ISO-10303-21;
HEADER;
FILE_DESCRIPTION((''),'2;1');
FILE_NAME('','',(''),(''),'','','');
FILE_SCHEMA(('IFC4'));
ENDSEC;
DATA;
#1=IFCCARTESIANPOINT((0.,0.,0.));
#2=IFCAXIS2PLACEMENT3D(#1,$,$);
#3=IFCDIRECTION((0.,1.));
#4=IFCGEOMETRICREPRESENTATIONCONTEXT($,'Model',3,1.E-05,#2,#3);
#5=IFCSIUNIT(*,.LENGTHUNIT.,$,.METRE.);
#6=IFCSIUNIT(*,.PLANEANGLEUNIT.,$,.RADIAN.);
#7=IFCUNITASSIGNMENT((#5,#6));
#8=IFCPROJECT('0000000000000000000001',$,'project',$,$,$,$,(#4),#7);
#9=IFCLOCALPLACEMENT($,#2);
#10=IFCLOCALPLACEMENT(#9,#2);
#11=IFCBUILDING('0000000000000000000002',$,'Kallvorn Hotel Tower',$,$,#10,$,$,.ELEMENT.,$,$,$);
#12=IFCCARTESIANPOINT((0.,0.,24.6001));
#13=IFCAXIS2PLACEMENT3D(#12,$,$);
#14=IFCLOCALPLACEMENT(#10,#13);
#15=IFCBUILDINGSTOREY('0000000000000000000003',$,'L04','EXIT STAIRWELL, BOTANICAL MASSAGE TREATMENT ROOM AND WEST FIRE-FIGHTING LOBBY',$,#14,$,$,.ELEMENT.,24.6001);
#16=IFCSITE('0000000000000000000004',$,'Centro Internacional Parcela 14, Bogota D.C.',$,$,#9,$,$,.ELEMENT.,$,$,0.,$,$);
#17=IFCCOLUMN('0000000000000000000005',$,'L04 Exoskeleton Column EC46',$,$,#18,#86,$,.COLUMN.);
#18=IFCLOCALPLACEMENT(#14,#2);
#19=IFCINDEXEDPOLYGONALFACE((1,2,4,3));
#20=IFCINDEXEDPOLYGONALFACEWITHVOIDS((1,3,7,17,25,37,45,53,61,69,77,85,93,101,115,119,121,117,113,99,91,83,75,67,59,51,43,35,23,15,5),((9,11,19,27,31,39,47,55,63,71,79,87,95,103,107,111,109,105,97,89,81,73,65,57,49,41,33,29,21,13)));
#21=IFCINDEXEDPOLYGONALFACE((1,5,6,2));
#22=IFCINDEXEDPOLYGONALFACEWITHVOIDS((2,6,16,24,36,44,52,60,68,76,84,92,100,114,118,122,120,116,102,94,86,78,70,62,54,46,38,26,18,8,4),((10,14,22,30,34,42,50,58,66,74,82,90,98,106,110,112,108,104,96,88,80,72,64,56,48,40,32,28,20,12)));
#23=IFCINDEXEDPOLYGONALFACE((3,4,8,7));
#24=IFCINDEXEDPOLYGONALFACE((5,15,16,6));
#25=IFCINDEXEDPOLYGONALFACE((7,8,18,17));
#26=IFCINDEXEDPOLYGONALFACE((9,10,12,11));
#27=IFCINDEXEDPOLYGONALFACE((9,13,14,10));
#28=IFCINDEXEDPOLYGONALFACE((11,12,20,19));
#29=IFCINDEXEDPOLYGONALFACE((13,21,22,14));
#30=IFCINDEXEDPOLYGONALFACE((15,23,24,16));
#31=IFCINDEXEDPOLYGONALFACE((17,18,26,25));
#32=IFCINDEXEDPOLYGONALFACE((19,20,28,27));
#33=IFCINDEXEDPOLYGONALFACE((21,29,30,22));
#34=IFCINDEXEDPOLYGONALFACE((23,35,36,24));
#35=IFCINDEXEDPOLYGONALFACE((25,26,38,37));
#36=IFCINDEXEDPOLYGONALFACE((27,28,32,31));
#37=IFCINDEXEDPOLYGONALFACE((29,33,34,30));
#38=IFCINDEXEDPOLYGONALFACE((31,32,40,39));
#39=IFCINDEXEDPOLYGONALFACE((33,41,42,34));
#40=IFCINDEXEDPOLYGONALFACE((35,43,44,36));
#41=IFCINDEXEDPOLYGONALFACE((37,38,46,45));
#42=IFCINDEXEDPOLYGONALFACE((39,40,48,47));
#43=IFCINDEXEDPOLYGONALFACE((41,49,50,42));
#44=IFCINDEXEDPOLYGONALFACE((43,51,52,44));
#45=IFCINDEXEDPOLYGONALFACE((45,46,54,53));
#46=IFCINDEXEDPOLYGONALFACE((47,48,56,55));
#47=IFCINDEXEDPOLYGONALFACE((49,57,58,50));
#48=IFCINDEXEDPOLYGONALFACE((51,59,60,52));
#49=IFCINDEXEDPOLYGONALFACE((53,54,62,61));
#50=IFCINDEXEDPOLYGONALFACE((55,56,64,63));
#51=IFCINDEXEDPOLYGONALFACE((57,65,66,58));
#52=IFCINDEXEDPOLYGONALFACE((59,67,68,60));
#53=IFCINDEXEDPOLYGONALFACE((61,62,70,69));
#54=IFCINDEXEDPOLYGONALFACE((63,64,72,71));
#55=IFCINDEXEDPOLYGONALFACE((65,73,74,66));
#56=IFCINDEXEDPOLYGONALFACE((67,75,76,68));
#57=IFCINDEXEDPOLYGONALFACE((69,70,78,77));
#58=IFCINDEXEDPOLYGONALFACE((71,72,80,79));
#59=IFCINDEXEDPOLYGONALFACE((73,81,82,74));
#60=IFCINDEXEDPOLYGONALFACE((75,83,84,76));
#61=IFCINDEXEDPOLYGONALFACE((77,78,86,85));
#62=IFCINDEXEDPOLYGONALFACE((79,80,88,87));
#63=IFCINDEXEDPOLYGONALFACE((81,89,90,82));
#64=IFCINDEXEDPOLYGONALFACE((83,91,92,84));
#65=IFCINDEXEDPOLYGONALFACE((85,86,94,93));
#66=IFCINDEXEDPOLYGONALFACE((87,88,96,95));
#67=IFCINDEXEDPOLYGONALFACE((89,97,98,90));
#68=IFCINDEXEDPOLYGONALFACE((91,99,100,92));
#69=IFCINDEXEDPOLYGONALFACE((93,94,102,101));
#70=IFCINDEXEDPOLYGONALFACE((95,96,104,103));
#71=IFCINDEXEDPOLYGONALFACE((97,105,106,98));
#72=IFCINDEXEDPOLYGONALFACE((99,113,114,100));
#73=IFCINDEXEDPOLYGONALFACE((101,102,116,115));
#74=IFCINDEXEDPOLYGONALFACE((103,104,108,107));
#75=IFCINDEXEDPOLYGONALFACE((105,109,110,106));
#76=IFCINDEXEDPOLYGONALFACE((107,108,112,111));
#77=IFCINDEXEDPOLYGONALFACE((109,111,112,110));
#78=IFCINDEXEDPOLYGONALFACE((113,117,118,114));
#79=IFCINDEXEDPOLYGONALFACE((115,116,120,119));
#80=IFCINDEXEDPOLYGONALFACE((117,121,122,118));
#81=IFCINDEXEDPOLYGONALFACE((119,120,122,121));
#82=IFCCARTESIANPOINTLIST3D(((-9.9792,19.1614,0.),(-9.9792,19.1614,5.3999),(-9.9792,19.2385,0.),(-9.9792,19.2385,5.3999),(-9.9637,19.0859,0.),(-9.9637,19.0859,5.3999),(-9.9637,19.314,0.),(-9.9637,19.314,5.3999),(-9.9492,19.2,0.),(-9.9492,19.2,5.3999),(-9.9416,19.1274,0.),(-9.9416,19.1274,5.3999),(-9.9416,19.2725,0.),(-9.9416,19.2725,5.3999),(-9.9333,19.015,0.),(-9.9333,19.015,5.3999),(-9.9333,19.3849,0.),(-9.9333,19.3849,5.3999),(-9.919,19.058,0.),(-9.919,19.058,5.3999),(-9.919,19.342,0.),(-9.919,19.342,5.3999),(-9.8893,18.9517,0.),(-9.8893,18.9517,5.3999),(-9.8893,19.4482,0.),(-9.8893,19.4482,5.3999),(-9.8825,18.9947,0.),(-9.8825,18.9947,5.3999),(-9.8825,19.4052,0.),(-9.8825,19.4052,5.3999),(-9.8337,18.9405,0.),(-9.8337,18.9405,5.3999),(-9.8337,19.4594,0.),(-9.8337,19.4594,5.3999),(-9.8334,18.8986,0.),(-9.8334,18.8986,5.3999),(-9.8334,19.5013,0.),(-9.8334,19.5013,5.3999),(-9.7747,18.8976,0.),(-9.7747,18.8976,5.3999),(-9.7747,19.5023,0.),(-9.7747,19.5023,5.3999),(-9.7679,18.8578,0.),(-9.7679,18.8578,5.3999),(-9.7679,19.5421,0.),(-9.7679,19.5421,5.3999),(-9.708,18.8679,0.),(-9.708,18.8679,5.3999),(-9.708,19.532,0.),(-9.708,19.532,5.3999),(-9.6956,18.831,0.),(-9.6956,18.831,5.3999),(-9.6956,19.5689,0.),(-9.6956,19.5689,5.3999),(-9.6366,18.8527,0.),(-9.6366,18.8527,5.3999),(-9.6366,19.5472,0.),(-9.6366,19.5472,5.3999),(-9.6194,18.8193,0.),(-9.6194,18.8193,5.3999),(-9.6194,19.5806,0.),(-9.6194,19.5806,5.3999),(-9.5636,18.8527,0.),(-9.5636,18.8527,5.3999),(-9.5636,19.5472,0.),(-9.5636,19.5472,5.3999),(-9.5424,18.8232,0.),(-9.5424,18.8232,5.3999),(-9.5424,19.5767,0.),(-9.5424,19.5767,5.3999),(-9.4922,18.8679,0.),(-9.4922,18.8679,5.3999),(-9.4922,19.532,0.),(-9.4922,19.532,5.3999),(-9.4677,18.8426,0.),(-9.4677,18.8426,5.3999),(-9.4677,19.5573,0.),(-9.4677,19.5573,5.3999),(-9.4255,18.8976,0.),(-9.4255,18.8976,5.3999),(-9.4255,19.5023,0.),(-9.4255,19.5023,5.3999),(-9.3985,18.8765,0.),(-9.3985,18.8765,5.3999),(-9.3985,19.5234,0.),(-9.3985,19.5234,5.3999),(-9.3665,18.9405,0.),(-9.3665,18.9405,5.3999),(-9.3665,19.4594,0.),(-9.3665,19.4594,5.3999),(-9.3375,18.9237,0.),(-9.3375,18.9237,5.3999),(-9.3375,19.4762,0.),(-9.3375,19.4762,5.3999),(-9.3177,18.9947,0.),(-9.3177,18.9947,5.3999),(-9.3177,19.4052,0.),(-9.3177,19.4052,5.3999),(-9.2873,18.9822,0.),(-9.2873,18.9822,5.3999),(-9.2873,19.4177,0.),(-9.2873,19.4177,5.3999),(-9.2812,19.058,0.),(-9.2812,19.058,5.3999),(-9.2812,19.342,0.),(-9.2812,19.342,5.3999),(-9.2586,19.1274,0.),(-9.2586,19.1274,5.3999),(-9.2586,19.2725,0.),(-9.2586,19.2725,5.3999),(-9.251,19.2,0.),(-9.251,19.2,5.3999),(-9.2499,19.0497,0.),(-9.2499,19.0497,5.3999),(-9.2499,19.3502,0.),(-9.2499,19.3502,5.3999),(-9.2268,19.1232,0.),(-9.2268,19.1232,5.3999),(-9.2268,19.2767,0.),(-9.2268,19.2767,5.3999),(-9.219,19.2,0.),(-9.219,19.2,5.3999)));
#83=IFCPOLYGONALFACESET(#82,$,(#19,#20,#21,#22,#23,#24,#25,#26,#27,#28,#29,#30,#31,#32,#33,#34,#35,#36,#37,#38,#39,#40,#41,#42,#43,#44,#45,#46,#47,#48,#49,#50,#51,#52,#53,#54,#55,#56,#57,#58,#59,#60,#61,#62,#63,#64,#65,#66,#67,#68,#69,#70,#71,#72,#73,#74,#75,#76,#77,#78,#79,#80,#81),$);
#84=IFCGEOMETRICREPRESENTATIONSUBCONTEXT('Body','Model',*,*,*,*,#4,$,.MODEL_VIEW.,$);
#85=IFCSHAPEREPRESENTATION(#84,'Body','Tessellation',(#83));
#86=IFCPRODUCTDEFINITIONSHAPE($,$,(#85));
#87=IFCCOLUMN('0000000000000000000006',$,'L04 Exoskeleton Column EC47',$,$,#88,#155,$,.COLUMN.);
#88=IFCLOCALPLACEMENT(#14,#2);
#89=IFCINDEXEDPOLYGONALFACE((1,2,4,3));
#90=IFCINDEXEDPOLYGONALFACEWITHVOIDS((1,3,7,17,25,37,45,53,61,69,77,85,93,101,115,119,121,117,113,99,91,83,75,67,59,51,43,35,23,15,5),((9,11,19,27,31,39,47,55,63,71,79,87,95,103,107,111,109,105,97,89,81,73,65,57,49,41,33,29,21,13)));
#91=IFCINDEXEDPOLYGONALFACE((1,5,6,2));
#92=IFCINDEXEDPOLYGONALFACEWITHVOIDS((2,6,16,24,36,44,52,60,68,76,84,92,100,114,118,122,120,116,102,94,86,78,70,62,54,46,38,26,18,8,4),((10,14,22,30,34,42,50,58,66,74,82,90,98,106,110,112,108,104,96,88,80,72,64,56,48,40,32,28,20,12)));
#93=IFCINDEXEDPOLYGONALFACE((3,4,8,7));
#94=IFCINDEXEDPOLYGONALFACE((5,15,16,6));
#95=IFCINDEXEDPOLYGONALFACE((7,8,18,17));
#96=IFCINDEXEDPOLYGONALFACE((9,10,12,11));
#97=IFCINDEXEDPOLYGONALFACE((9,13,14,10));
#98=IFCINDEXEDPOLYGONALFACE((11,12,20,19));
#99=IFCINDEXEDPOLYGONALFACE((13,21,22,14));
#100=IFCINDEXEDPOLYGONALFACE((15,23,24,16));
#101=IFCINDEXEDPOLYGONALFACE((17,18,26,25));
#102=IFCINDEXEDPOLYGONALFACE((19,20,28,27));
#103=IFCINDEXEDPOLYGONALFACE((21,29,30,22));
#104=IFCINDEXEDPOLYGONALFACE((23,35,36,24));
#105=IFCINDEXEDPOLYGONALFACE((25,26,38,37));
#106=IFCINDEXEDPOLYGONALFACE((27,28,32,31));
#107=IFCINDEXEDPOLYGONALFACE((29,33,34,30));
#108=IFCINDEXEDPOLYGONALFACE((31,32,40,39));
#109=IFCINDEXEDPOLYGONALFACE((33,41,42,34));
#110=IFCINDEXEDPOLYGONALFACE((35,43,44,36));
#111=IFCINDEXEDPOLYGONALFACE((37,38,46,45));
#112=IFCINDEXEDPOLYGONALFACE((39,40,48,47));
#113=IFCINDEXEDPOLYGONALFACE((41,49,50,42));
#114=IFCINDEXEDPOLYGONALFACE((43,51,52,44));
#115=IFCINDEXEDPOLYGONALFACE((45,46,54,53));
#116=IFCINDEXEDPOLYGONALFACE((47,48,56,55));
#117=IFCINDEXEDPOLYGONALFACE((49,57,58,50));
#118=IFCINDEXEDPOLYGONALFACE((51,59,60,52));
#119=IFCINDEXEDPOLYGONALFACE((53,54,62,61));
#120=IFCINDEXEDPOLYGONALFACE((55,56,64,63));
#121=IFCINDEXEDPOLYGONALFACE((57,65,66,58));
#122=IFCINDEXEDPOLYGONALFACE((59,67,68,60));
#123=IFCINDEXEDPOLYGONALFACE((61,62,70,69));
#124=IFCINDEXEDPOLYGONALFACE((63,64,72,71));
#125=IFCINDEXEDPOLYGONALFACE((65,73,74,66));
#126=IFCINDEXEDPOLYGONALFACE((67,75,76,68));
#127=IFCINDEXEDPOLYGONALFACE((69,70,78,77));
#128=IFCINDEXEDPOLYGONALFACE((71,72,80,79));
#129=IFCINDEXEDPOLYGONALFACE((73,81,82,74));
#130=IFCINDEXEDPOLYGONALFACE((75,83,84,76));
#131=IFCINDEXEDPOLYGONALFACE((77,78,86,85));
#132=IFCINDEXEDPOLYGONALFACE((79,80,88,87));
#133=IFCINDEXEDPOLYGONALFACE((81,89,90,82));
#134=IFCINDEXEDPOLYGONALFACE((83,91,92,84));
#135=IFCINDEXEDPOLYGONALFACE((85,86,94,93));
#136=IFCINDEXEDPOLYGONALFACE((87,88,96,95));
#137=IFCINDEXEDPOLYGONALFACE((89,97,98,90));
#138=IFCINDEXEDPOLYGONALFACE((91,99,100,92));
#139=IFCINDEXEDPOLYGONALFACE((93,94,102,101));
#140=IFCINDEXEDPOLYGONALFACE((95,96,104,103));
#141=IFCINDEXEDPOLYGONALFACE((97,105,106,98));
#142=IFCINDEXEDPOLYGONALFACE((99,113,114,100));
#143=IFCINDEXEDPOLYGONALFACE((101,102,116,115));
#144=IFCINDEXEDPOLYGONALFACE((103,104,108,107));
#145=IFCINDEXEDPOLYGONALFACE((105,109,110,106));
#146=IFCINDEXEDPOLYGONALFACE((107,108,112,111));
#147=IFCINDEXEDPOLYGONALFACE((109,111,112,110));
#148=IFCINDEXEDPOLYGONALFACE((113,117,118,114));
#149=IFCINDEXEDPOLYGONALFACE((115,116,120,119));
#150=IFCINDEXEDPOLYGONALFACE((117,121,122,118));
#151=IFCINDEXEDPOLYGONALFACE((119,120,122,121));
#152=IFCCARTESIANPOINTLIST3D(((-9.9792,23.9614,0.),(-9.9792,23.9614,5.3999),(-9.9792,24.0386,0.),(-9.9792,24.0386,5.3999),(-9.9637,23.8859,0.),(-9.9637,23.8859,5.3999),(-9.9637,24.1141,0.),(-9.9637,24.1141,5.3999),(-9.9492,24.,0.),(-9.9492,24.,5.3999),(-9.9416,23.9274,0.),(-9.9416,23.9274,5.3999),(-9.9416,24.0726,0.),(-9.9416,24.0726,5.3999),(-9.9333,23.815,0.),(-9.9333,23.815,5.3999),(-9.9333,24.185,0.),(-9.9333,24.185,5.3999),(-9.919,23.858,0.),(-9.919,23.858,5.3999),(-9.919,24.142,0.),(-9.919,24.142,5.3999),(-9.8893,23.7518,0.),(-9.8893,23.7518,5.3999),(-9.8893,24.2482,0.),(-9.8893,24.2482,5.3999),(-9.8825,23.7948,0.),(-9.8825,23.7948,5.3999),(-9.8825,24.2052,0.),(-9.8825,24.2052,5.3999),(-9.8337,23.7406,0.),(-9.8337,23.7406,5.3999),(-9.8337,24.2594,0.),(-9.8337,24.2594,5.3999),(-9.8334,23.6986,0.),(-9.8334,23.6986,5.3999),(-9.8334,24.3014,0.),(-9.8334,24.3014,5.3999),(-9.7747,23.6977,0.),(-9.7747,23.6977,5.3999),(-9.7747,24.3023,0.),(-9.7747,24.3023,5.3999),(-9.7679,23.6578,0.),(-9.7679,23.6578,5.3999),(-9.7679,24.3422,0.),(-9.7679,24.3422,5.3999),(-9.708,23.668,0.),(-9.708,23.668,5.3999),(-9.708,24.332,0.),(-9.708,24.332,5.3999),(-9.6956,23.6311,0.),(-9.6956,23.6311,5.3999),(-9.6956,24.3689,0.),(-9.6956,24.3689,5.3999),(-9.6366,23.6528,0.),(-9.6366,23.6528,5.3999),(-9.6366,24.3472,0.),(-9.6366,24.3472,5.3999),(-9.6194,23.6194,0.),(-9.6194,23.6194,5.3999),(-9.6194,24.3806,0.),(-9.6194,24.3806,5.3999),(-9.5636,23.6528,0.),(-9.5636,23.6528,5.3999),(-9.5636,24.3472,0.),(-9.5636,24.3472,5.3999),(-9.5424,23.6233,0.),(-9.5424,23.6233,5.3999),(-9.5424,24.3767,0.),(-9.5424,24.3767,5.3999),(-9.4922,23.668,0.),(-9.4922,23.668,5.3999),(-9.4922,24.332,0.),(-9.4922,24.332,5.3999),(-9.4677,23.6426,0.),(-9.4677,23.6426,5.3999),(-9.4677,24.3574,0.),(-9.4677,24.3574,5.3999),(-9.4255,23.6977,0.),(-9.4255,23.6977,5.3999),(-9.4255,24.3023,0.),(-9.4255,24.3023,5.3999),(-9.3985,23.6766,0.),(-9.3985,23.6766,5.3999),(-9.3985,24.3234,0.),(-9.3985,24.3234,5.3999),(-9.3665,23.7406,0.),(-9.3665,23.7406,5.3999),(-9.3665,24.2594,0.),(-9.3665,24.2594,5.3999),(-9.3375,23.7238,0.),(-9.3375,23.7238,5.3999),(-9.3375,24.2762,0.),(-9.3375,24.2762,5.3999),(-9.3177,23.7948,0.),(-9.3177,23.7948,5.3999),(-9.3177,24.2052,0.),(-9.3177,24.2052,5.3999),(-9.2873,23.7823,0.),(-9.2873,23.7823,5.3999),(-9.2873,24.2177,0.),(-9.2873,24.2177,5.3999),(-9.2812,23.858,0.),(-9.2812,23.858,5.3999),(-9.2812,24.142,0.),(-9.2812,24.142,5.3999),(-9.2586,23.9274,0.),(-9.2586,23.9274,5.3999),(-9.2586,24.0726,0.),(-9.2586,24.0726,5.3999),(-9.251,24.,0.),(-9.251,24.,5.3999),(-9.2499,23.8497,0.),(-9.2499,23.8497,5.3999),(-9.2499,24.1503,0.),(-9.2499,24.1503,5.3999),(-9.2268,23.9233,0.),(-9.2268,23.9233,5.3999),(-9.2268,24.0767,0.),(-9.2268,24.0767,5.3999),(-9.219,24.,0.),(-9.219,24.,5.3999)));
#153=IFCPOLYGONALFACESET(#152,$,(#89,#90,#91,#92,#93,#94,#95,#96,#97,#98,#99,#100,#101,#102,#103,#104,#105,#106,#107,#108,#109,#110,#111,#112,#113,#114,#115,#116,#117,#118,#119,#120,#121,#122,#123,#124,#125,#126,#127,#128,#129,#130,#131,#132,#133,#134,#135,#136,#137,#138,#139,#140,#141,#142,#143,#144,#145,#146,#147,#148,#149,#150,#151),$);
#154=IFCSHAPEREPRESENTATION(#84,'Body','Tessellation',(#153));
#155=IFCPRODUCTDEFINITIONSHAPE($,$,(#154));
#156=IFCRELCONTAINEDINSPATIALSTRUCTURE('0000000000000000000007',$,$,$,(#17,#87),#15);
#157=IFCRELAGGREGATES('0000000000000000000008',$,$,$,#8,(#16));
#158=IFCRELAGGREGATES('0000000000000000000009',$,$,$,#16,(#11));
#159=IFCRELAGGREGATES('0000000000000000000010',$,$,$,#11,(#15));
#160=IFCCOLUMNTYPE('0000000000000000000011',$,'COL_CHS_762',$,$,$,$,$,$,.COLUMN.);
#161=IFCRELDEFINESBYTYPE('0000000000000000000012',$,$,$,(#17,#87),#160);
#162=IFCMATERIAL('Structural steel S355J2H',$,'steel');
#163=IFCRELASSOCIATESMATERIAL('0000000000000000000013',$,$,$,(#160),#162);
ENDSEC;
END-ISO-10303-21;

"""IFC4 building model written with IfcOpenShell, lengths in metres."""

from ifc_helpers import new_model, si_unit, direction, frame, origin, origin_2d, place, context, subcontext, project, spatial, hollow_circle, extrude, material, material_profile, profile_set, type_object, element, save


model = new_model("IFC4")

# Units and contexts
model_context = context("Model", 3, precision=1e-05, world=origin(), true_north=direction((0.0, 1.0)))
body_context = subcontext(model_context, "Body", "Model", "MODEL_VIEW")
ifc_project = project(units=[si_unit("LENGTHUNIT", "METRE"), si_unit("PLANEANGLEUNIT", "RADIAN")], contexts=[model_context])

# Site, building, storey
site_placement = place(None, origin())
site = spatial("IfcSite", under=ifc_project, at=site_placement, Name="Centro Internacional Parcela 14, Bogota D.C.", CompositionType="ELEMENT", RefElevation=0.0)
building_placement = place(site_placement, origin())
building = spatial("IfcBuilding", under=site, at=building_placement, Name="Kallvorn Hotel Tower", CompositionType="ELEMENT")
storey_placement = place(building_placement, frame((0.0, 0.0, 24.6001)))
storey = spatial("IfcBuildingStorey", under=building, at=storey_placement, Name="L04", Description="EXIT STAIRWELL, BOTANICAL MASSAGE TREATMENT ROOM AND WEST FIRE-FIGHTING LOBBY", CompositionType="ELEMENT", Elevation=24.6001)

# Columns
ifc_material_1 = material(Name="Structural steel S355J2H", Category="steel")
ifc_material_profile_1 = material_profile(ifc_material_1, hollow_circle(Radius=0.3811, WallThickness=0.032, at=origin_2d()), Name="CHS 762x32")
ifc_profile_set_1 = profile_set([ifc_material_profile_1], Name="Structural steel S355J2H")
column_type_1 = type_object("IfcColumnType", Name="COL_CHS_762", PredefinedType="COLUMN", material=ifc_profile_set_1)
for number, where, z_axis, x_axis, name in (
    (1, (-9.6001, 19.2, 0.0), (0.0, 0.0, 1.0), (1.0, 0.0, 0.0), "L04 Exoskeleton Column EC46"),
    (2, (-9.6001, 24.0, 0.0), (0.0, 0.0, 1.0), (1.0, 0.0, 0.0), "L04 Exoskeleton Column EC47"),
):
    element("IfcColumn", number, at=place(storey_placement, frame(where, z_axis=z_axis, x_axis=x_axis)), inside=storey, type_object=column_type_1, Name=name, PredefinedType="COLUMN", context=body_context, shape_type="SweptSolid", body=[
        extrude(hollow_circle(Radius=0.3811, WallThickness=0.032, at=origin_2d()), origin(), (0.0, 0.0, 1.0), 5.3999),
    ])

save(model, "model.ifc")
